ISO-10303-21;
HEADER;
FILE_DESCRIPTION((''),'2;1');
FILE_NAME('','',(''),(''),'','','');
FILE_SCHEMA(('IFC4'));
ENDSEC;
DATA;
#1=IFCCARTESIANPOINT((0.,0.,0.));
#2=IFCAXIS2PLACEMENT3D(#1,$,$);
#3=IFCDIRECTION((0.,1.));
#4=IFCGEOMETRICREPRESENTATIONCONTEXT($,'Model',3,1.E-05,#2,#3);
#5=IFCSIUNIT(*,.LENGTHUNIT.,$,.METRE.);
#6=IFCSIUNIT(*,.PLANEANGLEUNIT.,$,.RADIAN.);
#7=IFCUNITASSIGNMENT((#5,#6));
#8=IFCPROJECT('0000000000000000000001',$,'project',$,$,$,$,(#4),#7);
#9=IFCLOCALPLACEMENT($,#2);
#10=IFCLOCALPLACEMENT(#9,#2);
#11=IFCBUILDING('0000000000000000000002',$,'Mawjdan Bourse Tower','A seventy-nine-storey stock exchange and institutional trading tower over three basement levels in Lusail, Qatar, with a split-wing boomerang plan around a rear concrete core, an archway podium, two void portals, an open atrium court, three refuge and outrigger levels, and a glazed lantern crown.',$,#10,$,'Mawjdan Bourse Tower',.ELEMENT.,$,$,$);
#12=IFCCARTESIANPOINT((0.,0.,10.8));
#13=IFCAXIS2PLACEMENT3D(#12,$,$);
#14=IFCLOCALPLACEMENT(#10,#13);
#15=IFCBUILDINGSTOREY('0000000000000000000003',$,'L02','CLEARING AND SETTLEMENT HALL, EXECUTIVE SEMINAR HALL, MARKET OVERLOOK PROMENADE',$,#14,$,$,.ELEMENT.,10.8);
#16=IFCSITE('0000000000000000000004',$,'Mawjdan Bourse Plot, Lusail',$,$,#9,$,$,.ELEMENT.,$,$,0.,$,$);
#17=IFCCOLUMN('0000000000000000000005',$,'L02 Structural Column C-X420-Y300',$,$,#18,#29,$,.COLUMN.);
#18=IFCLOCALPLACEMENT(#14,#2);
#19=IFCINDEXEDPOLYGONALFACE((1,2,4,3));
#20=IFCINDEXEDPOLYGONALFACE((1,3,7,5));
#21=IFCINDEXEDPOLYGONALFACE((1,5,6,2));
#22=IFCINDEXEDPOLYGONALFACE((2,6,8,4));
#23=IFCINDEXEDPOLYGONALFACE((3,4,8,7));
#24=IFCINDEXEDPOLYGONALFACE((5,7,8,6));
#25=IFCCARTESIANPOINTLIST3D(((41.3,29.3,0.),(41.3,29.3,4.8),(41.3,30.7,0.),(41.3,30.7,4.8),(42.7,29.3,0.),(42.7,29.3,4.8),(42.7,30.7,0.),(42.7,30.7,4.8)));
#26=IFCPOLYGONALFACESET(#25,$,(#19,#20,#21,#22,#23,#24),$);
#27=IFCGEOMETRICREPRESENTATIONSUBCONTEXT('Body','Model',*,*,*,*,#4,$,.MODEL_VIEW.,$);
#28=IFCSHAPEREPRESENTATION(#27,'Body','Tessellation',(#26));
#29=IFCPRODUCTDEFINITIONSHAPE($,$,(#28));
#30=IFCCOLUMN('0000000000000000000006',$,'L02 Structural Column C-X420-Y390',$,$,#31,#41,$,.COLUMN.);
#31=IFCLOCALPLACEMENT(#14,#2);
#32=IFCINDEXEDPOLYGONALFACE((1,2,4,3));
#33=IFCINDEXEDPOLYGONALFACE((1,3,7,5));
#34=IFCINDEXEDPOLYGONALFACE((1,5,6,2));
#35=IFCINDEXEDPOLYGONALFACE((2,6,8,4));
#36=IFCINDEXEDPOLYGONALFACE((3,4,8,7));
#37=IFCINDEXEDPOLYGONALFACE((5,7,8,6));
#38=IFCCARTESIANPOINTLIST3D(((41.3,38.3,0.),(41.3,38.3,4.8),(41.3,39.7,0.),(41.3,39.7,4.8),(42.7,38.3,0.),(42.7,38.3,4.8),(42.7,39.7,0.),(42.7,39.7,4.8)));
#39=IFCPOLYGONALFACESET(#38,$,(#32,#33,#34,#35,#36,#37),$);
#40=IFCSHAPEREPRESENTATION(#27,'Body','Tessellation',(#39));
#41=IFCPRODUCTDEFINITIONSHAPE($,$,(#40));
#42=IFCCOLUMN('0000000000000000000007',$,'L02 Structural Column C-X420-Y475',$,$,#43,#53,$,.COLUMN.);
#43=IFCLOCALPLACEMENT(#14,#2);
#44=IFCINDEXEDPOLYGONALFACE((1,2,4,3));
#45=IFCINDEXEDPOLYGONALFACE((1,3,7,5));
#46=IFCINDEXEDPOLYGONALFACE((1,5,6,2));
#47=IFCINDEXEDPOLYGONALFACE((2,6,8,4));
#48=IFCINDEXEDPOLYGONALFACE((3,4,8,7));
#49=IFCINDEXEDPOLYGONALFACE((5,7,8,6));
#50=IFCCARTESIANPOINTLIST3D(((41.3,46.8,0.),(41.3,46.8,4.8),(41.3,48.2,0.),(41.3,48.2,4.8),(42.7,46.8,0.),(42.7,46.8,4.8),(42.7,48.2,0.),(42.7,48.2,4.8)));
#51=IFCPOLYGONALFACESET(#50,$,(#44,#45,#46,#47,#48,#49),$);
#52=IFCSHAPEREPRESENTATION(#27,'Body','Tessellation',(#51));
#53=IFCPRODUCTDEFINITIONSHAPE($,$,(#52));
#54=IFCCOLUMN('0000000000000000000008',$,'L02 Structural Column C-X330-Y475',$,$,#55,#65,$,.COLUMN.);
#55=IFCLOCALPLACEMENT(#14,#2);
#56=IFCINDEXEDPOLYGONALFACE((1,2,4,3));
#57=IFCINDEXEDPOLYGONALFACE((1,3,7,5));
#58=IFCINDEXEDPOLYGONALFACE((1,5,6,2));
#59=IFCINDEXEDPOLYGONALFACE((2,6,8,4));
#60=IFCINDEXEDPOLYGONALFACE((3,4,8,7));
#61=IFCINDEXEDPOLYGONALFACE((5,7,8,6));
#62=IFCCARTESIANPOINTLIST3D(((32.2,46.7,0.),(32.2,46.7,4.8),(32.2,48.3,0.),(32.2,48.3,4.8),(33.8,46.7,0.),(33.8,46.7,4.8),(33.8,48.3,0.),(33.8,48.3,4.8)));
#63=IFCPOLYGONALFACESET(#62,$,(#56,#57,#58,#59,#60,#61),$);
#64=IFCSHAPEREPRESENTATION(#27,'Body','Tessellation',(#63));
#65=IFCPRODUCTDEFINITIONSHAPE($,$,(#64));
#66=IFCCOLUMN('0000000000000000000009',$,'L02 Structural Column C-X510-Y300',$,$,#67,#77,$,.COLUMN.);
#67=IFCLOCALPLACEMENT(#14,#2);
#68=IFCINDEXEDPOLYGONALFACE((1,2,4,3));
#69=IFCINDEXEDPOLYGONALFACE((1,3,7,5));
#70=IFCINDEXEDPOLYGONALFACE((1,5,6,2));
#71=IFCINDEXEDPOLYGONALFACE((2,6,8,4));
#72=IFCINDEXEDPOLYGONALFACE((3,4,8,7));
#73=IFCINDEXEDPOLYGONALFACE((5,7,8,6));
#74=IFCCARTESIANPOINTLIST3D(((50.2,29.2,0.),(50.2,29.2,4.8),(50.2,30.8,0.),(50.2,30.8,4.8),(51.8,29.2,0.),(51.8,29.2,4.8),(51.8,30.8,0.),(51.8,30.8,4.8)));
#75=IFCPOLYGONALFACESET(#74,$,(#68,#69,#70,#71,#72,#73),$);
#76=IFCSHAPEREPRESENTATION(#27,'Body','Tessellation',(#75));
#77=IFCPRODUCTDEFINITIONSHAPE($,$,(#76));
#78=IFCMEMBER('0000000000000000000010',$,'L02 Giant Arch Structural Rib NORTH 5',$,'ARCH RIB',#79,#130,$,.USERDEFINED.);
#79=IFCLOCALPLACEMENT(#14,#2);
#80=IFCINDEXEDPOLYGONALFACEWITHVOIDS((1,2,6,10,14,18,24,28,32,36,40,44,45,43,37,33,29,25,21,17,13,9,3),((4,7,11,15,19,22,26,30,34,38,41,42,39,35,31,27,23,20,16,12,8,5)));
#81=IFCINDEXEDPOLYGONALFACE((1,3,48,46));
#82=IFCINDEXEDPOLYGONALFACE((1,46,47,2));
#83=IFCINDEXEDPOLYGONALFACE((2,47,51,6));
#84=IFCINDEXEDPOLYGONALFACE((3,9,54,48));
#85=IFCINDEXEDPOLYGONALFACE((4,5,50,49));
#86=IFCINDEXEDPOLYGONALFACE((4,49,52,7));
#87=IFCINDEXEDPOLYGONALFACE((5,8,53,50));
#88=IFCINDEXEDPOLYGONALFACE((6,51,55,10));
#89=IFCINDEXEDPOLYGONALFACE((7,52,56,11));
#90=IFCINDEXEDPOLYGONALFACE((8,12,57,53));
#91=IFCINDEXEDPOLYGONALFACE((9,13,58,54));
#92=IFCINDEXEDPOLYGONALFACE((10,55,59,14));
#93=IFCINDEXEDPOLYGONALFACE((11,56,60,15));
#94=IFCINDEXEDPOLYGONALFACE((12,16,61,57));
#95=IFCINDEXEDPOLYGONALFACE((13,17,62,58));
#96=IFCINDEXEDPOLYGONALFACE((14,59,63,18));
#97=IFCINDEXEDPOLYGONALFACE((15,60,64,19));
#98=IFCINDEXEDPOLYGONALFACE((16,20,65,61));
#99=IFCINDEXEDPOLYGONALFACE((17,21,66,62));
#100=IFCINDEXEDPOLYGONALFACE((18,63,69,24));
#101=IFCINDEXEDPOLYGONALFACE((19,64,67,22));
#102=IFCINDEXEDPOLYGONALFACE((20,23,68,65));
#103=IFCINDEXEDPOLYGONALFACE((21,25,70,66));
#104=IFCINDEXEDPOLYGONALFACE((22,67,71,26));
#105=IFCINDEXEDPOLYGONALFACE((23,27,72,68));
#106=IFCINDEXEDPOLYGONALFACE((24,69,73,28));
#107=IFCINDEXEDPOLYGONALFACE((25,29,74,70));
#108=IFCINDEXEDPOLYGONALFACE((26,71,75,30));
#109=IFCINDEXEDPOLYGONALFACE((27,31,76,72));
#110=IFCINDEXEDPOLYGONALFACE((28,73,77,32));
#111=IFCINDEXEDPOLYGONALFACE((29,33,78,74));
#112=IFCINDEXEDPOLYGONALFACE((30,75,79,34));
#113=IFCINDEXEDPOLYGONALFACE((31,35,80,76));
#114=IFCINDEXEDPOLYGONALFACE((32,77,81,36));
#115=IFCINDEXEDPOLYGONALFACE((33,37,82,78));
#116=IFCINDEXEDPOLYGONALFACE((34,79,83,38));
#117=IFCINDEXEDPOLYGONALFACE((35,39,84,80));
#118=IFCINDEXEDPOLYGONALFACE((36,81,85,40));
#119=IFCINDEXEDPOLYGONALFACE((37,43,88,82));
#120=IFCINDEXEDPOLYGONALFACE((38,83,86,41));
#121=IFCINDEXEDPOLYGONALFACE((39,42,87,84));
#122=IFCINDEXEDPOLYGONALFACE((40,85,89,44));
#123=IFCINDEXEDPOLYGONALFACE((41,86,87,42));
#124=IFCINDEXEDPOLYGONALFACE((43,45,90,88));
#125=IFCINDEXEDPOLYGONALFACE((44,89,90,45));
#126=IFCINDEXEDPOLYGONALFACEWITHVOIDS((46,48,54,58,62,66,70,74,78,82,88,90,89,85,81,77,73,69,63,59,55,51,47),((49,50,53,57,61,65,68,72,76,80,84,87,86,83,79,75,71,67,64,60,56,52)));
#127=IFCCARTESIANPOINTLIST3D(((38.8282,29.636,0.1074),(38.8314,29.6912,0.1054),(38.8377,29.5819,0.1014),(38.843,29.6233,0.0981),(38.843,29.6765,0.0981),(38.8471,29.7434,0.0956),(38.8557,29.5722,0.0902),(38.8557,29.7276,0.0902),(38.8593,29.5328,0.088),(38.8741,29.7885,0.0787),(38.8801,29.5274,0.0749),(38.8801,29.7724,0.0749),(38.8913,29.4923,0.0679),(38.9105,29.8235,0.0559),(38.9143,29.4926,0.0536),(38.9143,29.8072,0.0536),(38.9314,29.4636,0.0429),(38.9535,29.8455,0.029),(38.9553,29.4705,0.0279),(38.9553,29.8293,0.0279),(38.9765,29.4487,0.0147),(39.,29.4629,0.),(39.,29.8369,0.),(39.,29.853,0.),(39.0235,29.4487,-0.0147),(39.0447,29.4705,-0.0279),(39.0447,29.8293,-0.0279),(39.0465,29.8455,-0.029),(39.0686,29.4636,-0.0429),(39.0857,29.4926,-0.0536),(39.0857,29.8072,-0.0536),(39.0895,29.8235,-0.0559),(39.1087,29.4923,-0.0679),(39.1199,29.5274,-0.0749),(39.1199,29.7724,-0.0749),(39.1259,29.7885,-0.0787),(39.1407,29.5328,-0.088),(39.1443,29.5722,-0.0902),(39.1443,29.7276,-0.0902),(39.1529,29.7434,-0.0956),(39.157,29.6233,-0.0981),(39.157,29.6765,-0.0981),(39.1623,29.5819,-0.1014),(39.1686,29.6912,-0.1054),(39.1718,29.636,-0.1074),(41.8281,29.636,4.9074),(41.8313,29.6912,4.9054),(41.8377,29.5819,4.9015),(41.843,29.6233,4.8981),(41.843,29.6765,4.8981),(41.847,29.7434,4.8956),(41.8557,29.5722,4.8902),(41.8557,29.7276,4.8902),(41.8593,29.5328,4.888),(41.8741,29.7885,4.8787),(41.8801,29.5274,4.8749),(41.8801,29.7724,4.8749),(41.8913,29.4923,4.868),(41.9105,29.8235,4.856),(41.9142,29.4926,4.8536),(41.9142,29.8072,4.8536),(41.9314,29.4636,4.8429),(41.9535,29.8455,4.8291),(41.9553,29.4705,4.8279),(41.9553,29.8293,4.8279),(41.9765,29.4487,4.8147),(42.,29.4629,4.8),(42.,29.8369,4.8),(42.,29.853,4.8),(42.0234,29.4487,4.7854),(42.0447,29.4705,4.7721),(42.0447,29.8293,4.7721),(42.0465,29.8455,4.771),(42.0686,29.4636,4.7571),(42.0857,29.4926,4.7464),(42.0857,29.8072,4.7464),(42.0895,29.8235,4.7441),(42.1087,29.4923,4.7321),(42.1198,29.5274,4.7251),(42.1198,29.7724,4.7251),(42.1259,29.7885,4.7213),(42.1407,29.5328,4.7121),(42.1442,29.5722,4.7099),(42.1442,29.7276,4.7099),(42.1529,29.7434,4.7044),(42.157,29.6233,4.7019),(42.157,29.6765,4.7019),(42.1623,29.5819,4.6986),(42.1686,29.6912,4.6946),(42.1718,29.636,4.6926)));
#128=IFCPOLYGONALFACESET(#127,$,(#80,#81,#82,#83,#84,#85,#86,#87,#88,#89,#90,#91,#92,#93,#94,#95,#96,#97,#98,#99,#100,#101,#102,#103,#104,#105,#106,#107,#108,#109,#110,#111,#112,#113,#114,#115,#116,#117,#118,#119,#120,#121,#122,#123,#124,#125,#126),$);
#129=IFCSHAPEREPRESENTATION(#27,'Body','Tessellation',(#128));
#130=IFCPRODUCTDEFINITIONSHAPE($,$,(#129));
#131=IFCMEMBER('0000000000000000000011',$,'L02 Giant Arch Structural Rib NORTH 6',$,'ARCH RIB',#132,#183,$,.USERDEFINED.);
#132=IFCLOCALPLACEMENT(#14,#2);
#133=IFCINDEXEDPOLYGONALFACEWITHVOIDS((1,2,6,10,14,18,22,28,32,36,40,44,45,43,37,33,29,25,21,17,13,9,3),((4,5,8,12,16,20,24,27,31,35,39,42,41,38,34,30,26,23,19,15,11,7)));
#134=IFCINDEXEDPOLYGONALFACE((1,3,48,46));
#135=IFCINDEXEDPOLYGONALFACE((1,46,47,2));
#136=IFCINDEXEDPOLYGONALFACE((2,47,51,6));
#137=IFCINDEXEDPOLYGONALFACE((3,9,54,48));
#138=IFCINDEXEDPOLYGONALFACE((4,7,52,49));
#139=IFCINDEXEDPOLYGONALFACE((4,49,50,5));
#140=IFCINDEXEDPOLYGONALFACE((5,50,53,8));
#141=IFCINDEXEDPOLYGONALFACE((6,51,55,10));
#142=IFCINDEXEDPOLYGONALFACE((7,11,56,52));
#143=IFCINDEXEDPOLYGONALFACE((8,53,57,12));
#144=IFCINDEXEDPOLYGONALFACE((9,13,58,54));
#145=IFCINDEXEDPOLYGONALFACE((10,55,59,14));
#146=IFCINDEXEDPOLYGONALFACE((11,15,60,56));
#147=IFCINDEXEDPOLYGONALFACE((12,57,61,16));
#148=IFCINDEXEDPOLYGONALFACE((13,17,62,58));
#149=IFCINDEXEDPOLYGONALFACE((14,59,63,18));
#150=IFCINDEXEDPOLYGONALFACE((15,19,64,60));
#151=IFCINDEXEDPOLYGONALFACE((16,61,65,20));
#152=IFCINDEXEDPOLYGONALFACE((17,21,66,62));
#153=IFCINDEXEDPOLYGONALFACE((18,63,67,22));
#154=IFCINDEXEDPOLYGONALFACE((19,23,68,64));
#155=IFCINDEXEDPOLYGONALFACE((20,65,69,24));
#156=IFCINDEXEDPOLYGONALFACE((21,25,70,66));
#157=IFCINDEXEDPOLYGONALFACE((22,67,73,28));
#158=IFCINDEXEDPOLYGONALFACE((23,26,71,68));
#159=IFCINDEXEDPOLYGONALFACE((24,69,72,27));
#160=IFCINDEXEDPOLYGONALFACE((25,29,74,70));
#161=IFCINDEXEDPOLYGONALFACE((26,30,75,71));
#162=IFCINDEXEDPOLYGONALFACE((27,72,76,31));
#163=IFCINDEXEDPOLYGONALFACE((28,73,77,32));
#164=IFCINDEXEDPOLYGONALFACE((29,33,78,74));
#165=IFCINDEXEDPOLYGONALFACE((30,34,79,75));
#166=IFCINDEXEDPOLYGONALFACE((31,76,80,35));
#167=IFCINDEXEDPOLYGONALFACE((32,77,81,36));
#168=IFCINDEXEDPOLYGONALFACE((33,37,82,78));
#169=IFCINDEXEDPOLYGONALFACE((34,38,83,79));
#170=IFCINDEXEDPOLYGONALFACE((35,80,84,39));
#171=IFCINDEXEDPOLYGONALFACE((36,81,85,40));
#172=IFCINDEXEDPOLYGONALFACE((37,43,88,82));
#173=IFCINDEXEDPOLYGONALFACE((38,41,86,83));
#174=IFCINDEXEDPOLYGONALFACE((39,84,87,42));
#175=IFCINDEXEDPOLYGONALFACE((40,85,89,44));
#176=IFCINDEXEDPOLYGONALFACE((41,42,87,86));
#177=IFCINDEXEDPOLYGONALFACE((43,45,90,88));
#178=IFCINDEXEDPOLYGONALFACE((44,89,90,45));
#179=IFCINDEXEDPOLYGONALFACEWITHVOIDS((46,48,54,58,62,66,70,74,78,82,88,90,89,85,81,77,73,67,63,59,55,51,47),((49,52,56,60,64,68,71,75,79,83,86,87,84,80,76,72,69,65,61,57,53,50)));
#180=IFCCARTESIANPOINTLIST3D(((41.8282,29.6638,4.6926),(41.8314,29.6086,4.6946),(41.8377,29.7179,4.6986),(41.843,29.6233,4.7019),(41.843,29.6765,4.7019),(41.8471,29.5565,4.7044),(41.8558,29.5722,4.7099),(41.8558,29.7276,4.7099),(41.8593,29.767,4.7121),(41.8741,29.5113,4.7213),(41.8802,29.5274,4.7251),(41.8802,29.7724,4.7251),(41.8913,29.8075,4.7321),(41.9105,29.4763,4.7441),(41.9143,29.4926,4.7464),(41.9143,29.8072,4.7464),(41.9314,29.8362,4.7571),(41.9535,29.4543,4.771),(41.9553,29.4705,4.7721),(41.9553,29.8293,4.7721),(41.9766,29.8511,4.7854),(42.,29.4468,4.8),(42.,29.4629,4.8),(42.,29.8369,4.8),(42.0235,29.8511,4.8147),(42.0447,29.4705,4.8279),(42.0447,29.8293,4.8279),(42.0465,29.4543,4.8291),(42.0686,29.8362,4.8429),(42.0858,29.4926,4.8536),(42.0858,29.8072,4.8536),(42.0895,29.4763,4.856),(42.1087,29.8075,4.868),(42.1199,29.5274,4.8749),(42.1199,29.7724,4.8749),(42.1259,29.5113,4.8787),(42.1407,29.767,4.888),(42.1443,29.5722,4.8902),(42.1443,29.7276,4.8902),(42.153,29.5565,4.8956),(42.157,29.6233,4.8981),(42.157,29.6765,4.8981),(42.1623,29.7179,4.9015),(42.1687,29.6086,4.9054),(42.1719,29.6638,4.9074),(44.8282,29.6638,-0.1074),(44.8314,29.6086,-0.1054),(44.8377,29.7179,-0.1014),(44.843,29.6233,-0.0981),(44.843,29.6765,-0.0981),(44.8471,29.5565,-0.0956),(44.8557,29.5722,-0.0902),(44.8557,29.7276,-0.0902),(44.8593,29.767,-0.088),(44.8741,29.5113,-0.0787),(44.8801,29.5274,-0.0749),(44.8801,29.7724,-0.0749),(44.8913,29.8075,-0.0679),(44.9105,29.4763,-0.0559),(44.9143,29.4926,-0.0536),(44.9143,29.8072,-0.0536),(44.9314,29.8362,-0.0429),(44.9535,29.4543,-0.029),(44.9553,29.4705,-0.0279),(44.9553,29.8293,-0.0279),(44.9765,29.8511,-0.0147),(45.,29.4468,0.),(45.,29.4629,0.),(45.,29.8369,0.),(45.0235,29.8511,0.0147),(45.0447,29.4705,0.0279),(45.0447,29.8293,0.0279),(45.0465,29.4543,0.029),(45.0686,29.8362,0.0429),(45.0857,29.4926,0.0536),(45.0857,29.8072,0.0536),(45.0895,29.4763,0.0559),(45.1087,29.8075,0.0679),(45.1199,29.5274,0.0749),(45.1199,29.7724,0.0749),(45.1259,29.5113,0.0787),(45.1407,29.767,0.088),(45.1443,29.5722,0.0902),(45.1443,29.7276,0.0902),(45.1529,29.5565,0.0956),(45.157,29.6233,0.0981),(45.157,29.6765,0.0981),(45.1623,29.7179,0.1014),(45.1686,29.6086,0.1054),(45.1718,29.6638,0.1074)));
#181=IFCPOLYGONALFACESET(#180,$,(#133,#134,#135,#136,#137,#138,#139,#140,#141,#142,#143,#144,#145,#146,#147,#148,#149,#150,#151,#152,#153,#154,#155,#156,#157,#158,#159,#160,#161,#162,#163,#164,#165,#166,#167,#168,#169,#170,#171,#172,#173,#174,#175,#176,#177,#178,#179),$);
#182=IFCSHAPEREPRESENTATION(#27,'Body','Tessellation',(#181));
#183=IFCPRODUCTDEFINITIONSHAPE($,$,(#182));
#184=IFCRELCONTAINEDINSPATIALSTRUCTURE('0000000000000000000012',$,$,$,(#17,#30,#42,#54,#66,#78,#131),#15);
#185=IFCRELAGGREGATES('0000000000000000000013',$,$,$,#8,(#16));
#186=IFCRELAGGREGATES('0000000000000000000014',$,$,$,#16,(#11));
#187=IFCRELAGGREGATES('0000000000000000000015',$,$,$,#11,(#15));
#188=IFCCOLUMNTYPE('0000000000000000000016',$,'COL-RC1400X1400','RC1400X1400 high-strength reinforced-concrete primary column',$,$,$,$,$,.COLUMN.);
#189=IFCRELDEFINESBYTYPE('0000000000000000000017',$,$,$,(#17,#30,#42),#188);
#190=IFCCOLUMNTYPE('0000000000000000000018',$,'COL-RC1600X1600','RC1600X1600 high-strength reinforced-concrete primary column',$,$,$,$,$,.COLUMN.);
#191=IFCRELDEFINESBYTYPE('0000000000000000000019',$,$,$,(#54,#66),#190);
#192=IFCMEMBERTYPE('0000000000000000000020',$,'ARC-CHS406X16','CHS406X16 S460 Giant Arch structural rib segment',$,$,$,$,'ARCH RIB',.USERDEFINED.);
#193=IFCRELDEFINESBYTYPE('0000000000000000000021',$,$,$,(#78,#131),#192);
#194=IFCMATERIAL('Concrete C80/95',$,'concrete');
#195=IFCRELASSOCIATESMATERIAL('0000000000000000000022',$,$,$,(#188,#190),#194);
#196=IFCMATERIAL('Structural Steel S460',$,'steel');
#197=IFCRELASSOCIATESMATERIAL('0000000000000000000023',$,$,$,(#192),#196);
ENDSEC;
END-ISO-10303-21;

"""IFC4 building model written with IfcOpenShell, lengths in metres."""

from ifc_helpers import new_model, si_unit, direction, frame, origin, origin_2d, place, context, subcontext, project, spatial, rectangle, hollow_circle, extrude, material, material_profile, profile_set, type_object, element, save


model = new_model("IFC4")

# Units and contexts
model_context = context("Model", 3, precision=1e-05, world=origin(), true_north=direction((0.0, 1.0)))
body_context = subcontext(model_context, "Body", "Model", "MODEL_VIEW")
ifc_project = project(units=[si_unit("LENGTHUNIT", "METRE"), si_unit("PLANEANGLEUNIT", "RADIAN")], contexts=[model_context])

# Site, building, storey
site_placement = place(None, origin())
site = spatial("IfcSite", under=ifc_project, at=site_placement, Name="Mawjdan Bourse Plot, Lusail", CompositionType="ELEMENT", RefElevation=0.0)
building_placement = place(site_placement, origin())
building = spatial("IfcBuilding", under=site, at=building_placement, Name="Mawjdan Bourse Tower", Description="A seventy-nine-storey stock exchange and institutional trading tower over three basement levels in Lusail, Qatar, with a split-wing boomerang plan around a rear concrete core, an archway podium, two void portals, an open atrium court, three refuge and outrigger levels, and a glazed lantern crown.", LongName="Mawjdan Bourse Tower", CompositionType="ELEMENT")
storey_placement = place(building_placement, frame((0.0, 0.0, 10.8)))
storey = spatial("IfcBuildingStorey", under=building, at=storey_placement, Name="L02", Description="CLEARING AND SETTLEMENT HALL, EXECUTIVE SEMINAR HALL, MARKET OVERLOOK PROMENADE", CompositionType="ELEMENT", Elevation=10.8)

# Columns
ifc_material_1 = material(Name="Concrete C80/95", Category="concrete")
ifc_material_profile_1 = material_profile(ifc_material_1, rectangle(XDim=1.3999, YDim=1.3999, at=origin_2d()), Name="RC1400X1400")
ifc_profile_set_1 = profile_set([ifc_material_profile_1], Name="Concrete C80/95")
column_type_1 = type_object("IfcColumnType", Name="COL-RC1400X1400", Description="RC1400X1400 high-strength reinforced-concrete primary column", PredefinedType="COLUMN", material=ifc_profile_set_1)
for number, where, z_axis, x_axis, name in (
    (1, (42.0, 30.0, 0.0), (0.0, 0.0, 1.0), (1.0, 0.0, 0.0), "L02 Structural Column C-X420-Y300"),
    (2, (42.0, 39.0, 0.0), (0.0, 0.0, 1.0), (1.0, 0.0, 0.0), "L02 Structural Column C-X420-Y390"),
    (3, (42.0, 47.5, 0.0), (0.0, 0.0, 1.0), (1.0, 0.0, 0.0), "L02 Structural Column C-X420-Y475"),
):
    element("IfcColumn", number, at=place(storey_placement, frame(where, z_axis=z_axis, x_axis=x_axis)), inside=storey, type_object=column_type_1, Name=name, PredefinedType="COLUMN", context=body_context, shape_type="SweptSolid", body=[
        extrude(rectangle(XDim=1.3999, YDim=1.3999, at=origin_2d()), origin(), (0.0, 0.0, 1.0), 4.8),
    ])
ifc_material_profile_2 = material_profile(ifc_material_1, rectangle(XDim=1.6001, YDim=1.6001, at=origin_2d()), Name="RC1600X1600")
ifc_profile_set_2 = profile_set([ifc_material_profile_2], Name="Concrete C80/95")
column_type_2 = type_object("IfcColumnType", Name="COL-RC1600X1600", Description="RC1600X1600 high-strength reinforced-concrete primary column", PredefinedType="COLUMN", material=ifc_profile_set_2)
for number, where, z_axis, x_axis, name in (
    (4, (33.0, 47.5, 0.0), (0.0, 0.0, 1.0), (1.0, 0.0, 0.0), "L02 Structural Column C-X330-Y475"),
    (5, (51.0, 30.0, 0.0), (0.0, 0.0, 1.0), (1.0, 0.0, 0.0), "L02 Structural Column C-X510-Y300"),
):
    element("IfcColumn", number, at=place(storey_placement, frame(where, z_axis=z_axis, x_axis=x_axis)), inside=storey, type_object=column_type_2, Name=name, PredefinedType="COLUMN", context=body_context, shape_type="SweptSolid", body=[
        extrude(rectangle(XDim=1.6001, YDim=1.6001, at=origin_2d()), origin(), (0.0, 0.0, 1.0), 4.8),
    ])

# Members
ifc_material_2 = material(Name="Structural Steel S460", Category="steel")
ifc_material_profile_3 = material_profile(ifc_material_2, hollow_circle(Radius=0.2031, WallThickness=0.0161, at=origin_2d()), Name="CHS406X16")
ifc_profile_set_3 = profile_set([ifc_material_profile_3], Name="Structural Steel S460")
member_type = type_object("IfcMemberType", Name="ARC-CHS406X16", Description="CHS406X16 S460 Giant Arch structural rib segment", ElementType="ARCH RIB", PredefinedType="USERDEFINED", material=ifc_profile_set_3)
for number, where, z_axis, x_axis, name in (
    (6, (39.0, 29.6499, 0.0), (0.529995, 0.0, 0.848001), (0.0, 1.0, 0.0), "L02 Giant Arch Structural Rib NORTH 5"),
    (7, (45.0, 29.6499, 0.0), (-0.529995, 0.0, 0.848001), (0.0, -1.0, 0.0), "L02 Giant Arch Structural Rib NORTH 6"),
):
    element("IfcMember", number, at=place(storey_placement, frame(where, z_axis=z_axis, x_axis=x_axis)), inside=storey, type_object=member_type, Name=name, ObjectType="ARCH RIB", PredefinedType="USERDEFINED", context=body_context, shape_type="SweptSolid", body=[
        extrude(hollow_circle(Radius=0.2031, WallThickness=0.0161, at=origin_2d()), origin(), (0.0, 0.0, 1.0), 5.6604),
    ])

save(model, "model.ifc")
